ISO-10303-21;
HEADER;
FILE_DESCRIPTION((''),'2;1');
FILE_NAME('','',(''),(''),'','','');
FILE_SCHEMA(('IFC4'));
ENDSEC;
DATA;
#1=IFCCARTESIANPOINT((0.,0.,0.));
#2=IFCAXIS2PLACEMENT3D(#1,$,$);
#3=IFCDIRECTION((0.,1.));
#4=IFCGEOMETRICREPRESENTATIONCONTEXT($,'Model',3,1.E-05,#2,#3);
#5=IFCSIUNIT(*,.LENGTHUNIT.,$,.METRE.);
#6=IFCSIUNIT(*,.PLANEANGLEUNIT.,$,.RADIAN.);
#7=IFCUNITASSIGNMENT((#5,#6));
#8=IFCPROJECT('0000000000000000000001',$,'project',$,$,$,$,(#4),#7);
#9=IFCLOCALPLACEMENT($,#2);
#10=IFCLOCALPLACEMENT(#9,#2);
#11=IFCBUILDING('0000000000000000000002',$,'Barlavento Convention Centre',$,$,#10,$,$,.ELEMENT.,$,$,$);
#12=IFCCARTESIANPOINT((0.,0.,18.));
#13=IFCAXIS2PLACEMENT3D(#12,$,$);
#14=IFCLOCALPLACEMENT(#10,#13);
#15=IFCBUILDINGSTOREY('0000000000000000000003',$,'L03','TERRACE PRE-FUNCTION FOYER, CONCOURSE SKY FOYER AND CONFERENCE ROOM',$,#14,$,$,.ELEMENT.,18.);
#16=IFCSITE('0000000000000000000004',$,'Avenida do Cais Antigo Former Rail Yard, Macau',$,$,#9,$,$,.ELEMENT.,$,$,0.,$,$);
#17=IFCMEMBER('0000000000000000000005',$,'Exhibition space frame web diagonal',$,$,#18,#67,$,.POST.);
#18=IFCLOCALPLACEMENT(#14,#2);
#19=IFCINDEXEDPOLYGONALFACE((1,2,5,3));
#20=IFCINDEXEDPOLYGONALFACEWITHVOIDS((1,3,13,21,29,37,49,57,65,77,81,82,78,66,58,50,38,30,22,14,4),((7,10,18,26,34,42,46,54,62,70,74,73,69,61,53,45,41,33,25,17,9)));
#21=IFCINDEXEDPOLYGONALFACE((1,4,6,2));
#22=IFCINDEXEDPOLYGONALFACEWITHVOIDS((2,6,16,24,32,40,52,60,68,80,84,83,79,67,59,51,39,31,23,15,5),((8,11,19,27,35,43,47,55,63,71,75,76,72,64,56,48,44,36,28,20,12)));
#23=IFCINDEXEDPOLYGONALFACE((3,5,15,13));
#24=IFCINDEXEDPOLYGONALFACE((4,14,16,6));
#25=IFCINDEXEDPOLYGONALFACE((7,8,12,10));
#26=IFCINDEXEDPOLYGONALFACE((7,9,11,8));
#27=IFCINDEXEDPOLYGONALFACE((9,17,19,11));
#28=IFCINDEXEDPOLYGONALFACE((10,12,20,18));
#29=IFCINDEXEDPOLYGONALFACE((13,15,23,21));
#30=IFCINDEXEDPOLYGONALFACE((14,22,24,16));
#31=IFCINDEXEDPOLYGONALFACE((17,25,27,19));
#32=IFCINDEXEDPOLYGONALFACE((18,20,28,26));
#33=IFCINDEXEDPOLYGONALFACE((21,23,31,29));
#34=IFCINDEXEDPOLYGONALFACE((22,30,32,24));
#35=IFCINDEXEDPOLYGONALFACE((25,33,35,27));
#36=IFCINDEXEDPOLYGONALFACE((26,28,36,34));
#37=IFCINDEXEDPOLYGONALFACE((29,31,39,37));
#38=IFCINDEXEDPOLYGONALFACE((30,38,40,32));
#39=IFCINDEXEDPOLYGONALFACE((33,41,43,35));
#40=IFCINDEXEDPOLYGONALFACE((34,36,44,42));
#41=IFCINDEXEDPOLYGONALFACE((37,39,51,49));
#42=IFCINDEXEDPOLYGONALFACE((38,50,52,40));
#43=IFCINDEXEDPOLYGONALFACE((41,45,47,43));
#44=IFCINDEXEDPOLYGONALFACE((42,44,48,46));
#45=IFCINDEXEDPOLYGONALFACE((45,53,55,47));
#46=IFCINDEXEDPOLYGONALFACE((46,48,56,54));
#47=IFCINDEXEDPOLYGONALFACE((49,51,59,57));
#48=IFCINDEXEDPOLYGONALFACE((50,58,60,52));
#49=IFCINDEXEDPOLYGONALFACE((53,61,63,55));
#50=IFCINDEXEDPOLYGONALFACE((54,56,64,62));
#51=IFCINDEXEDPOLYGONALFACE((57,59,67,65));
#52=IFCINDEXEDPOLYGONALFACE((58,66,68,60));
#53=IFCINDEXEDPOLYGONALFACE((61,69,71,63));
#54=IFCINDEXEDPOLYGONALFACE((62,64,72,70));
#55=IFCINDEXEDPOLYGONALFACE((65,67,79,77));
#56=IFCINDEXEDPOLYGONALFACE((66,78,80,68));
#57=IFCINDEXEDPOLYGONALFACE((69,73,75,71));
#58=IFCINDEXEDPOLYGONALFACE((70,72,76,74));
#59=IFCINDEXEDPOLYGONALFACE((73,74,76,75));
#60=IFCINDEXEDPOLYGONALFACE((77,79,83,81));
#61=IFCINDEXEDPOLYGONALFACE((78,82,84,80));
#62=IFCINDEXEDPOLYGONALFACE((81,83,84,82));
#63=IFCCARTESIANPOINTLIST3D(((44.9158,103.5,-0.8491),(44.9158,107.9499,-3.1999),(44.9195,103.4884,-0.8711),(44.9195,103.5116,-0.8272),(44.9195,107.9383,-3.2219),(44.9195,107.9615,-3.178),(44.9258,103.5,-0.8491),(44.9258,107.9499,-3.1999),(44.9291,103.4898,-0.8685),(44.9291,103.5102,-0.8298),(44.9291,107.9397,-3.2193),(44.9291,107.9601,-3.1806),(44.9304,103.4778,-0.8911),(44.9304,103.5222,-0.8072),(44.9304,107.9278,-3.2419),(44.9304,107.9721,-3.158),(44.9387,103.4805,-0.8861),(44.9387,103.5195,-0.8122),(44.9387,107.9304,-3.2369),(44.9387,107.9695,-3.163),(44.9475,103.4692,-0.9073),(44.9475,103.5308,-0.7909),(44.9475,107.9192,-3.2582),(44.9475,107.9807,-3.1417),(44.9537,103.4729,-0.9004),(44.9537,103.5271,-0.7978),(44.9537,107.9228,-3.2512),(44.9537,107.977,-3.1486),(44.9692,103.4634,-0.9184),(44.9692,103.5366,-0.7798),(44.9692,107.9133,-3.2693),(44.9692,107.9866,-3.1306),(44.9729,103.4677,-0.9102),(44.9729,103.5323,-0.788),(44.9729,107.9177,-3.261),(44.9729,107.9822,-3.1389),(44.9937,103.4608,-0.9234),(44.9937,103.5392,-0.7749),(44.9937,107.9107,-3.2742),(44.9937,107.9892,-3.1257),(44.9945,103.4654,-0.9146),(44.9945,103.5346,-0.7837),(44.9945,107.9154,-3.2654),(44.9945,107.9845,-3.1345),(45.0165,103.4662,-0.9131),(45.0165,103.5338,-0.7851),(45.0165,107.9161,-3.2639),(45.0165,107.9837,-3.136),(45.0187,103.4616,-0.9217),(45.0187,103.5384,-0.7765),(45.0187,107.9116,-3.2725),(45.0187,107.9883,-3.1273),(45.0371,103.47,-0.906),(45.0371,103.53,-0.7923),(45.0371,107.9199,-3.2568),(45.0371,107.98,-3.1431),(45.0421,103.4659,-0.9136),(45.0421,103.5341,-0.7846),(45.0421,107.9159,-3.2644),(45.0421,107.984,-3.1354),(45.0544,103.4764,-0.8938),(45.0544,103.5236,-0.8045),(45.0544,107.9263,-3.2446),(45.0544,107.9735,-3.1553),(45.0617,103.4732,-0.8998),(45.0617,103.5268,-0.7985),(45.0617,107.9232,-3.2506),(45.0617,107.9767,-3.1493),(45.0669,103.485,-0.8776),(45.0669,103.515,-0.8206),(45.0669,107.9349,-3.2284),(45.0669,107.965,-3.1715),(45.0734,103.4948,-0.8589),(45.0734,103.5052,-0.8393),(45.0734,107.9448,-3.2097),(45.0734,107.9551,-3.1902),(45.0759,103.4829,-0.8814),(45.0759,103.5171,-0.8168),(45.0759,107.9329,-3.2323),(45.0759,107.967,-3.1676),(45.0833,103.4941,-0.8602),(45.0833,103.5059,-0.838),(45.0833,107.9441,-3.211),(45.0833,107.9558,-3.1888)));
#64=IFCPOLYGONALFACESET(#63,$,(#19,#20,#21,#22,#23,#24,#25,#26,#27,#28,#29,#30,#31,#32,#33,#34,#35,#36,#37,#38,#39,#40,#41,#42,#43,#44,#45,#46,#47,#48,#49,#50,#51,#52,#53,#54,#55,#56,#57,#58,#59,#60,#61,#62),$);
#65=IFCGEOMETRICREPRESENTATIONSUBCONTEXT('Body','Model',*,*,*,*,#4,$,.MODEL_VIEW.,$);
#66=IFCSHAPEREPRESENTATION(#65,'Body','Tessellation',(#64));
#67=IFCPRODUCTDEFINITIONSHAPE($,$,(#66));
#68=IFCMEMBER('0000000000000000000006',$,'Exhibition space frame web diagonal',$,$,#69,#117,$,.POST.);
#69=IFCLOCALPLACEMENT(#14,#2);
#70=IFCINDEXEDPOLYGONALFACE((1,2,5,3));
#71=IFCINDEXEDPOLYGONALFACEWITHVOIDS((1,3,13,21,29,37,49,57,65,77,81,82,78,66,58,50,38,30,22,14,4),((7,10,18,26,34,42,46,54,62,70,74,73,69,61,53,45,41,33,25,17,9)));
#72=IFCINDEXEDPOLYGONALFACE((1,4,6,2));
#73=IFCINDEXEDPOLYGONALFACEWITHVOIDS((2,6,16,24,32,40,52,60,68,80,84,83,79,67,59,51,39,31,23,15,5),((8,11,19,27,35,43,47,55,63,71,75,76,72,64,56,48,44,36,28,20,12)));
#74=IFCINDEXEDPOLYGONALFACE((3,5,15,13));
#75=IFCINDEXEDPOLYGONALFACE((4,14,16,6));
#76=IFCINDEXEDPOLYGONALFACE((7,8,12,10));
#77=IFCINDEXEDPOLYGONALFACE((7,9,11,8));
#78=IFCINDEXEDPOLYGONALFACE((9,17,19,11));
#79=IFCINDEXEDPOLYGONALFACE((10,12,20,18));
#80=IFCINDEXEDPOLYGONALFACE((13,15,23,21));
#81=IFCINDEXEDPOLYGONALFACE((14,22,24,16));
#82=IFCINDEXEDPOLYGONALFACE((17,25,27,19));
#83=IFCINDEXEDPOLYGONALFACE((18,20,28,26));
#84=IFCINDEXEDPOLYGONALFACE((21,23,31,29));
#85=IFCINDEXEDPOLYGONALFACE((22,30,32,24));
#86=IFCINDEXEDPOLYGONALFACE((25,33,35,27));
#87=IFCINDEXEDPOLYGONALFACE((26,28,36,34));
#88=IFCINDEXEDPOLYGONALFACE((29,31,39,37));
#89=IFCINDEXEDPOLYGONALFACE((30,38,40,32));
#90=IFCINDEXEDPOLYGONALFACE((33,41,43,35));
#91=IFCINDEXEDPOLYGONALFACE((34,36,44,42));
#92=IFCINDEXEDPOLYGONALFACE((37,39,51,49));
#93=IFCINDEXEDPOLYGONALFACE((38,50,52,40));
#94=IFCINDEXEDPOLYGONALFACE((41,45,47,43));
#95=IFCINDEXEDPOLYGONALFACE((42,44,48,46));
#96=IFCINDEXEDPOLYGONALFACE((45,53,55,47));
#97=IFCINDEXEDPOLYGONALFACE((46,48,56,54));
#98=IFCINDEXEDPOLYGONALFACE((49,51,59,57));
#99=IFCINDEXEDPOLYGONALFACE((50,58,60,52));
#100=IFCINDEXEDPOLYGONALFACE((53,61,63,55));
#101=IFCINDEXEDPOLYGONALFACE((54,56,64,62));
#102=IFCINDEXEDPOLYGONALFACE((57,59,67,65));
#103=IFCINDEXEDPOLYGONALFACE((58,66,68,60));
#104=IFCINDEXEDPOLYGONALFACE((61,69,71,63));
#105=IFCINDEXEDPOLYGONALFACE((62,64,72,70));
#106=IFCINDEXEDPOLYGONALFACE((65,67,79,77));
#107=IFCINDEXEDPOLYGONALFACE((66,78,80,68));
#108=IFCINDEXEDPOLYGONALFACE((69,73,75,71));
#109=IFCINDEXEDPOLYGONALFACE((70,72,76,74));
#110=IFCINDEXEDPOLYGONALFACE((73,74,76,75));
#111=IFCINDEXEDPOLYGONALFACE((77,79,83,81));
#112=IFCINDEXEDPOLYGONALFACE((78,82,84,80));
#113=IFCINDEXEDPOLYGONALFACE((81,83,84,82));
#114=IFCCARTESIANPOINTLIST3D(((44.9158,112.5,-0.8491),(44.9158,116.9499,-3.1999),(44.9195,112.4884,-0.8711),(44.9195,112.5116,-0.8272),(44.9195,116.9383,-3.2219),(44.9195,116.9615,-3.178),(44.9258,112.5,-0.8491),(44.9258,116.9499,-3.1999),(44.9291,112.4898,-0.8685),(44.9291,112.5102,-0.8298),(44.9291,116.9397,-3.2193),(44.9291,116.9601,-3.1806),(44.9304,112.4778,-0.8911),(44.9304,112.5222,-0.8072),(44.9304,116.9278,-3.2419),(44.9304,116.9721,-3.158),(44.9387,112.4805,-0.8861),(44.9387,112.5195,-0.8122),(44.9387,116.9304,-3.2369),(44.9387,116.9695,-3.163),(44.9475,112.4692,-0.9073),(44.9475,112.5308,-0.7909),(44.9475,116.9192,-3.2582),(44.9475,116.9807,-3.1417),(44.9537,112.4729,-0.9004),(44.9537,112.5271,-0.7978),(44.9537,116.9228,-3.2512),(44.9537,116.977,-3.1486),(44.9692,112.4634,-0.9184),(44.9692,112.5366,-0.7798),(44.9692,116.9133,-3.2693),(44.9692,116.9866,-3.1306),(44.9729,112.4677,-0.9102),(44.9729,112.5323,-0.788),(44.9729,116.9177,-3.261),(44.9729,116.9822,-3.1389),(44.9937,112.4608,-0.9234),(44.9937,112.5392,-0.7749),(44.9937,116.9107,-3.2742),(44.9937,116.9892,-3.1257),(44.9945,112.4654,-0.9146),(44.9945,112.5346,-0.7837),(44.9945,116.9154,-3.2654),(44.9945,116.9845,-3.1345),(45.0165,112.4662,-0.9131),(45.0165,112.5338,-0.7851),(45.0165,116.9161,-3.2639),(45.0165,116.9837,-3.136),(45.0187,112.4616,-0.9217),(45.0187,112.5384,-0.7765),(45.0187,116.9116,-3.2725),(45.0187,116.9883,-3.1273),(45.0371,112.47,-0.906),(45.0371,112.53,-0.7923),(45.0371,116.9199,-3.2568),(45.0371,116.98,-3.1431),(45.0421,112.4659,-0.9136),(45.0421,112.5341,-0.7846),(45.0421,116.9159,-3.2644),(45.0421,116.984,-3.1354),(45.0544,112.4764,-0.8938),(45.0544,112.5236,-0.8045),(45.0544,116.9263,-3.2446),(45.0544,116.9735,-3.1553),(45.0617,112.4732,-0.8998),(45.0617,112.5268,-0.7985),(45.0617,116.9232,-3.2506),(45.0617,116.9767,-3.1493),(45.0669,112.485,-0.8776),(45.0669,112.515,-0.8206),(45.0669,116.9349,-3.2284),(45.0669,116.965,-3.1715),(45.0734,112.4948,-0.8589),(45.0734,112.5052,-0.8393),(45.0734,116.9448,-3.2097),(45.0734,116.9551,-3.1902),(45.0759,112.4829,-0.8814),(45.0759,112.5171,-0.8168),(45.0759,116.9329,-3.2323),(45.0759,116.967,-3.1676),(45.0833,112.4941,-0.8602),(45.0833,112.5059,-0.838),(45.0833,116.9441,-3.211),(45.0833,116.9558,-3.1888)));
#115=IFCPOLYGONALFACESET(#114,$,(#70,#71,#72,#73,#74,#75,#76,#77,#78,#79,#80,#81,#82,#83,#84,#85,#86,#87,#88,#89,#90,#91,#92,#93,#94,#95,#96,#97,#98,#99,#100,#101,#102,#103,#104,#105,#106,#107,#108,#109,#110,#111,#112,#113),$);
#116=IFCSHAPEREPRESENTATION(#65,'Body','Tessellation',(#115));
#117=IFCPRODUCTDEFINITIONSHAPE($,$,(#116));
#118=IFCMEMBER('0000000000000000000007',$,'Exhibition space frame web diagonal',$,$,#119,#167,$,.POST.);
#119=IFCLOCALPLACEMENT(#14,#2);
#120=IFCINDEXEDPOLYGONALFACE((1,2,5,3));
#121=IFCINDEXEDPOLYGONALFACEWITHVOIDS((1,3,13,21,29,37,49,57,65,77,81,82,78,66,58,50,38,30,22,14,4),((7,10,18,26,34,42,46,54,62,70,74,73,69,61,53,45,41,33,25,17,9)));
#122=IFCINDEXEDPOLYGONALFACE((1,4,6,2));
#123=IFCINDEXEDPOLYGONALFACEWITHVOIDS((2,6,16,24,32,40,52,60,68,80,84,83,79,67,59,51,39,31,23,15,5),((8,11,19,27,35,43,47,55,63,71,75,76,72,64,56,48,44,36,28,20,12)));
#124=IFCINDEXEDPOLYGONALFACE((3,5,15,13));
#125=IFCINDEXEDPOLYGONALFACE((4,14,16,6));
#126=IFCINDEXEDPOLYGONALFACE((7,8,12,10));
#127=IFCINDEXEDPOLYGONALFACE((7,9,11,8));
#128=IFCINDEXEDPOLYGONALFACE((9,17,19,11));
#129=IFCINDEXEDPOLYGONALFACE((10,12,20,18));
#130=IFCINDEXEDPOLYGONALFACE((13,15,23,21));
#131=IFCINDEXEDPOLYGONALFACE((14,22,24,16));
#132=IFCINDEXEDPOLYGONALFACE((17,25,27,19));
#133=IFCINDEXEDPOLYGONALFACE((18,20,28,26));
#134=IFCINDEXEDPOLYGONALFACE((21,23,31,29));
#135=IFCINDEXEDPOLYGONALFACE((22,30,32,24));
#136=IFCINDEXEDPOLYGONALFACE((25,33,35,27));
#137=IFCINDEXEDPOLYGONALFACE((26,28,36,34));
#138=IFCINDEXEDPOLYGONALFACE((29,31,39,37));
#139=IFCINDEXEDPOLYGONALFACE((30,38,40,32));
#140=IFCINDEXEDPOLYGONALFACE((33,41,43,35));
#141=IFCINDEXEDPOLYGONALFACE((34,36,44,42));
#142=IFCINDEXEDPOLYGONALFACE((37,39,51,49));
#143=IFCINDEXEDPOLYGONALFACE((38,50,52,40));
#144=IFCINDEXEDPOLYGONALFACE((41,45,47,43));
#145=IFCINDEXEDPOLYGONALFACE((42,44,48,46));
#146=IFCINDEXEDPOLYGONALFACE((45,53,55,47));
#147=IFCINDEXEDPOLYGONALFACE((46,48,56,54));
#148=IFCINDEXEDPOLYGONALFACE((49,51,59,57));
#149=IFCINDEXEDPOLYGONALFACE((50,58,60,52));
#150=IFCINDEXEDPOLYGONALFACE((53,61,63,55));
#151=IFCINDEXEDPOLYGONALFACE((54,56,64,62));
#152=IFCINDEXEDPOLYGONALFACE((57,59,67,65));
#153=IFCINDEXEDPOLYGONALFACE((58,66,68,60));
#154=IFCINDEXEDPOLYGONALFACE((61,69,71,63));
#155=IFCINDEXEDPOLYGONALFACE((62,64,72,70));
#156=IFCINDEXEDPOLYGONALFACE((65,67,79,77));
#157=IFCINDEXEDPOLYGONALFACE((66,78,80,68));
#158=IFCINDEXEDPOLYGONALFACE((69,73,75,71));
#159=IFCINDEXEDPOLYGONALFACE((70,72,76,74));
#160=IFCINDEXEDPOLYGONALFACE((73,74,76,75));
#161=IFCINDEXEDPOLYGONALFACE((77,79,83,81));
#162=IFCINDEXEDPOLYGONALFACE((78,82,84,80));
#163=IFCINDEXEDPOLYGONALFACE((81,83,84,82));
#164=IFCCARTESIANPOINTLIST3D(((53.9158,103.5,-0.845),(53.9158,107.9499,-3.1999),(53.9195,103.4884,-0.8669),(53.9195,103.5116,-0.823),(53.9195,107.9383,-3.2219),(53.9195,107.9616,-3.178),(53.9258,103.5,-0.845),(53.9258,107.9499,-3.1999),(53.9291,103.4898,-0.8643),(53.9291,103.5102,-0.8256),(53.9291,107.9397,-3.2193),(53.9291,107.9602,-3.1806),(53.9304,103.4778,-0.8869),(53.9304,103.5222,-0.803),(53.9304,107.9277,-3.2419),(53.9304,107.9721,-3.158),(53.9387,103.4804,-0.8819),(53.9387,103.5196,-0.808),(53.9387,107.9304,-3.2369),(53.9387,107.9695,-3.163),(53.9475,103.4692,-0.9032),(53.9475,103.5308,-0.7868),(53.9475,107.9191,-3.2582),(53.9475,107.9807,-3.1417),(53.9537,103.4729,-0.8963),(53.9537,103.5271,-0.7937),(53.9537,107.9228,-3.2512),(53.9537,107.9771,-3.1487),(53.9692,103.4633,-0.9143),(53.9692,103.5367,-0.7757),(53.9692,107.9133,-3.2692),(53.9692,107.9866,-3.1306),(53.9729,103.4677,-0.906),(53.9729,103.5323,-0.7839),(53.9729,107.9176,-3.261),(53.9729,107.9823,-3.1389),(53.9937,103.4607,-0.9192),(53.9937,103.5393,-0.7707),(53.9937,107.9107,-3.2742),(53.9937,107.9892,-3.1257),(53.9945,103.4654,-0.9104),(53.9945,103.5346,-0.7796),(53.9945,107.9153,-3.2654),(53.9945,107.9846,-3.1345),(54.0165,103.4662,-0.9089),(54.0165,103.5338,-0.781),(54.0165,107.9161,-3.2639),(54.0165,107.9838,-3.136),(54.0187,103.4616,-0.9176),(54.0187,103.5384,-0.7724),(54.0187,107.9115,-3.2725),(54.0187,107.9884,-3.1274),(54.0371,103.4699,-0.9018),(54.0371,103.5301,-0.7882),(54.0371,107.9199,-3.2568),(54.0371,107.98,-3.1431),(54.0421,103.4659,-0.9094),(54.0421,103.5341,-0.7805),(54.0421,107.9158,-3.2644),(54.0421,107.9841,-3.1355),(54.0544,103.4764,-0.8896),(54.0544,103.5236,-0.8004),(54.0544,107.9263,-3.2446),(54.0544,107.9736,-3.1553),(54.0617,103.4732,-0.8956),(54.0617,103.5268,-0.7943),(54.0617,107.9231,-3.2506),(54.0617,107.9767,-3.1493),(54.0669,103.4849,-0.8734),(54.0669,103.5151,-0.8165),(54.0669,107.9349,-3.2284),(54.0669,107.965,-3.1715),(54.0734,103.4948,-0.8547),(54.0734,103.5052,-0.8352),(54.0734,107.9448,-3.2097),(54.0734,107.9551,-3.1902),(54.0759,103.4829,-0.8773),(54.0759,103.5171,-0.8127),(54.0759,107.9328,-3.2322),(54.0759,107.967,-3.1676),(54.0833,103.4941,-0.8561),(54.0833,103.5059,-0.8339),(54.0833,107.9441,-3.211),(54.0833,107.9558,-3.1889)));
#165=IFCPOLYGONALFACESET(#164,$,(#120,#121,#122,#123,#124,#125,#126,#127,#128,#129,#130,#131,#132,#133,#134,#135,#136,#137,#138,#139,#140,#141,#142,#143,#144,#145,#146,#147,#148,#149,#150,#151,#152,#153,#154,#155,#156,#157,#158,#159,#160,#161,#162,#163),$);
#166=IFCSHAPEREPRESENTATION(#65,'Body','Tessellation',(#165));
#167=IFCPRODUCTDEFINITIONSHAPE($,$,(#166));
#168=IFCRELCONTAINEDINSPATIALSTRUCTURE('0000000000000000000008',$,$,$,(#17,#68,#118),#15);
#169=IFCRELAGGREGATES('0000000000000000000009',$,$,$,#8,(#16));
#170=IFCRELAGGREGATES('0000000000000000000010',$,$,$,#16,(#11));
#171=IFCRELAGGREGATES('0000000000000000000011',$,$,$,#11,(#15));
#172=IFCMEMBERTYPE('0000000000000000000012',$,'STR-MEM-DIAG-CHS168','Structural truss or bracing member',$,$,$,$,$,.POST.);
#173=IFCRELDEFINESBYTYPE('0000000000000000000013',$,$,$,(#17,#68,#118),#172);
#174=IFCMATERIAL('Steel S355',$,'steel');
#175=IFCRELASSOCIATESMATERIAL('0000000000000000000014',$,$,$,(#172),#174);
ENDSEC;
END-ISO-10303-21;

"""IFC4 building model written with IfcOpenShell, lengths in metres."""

from ifc_helpers import new_model, si_unit, direction, frame, origin, origin_2d, place, context, subcontext, project, spatial, hollow_circle, extrude, material, material_profile, profile_set, type_object, element, save


model = new_model("IFC4")

# Units and contexts
model_context = context("Model", 3, precision=1e-05, world=origin(), true_north=direction((0.0, 1.0)))
body_context = subcontext(model_context, "Body", "Model", "MODEL_VIEW")
ifc_project = project(units=[si_unit("LENGTHUNIT", "METRE"), si_unit("PLANEANGLEUNIT", "RADIAN")], contexts=[model_context])

# Site, building, storey
site_placement = place(None, origin())
site = spatial("IfcSite", under=ifc_project, at=site_placement, Name="Avenida do Cais Antigo Former Rail Yard, Macau", CompositionType="ELEMENT", RefElevation=0.0)
building_placement = place(site_placement, origin())
building = spatial("IfcBuilding", under=site, at=building_placement, Name="Barlavento Convention Centre", CompositionType="ELEMENT")
storey_placement = place(building_placement, frame((0.0, 0.0, 18.0)))
storey = spatial("IfcBuildingStorey", under=building, at=storey_placement, Name="L03", Description="TERRACE PRE-FUNCTION FOYER, CONCOURSE SKY FOYER AND CONFERENCE ROOM", CompositionType="ELEMENT", Elevation=18.0)

# Shared definitions
ifc_material_1 = material(Name="Steel S355", Category="steel")

# Members
ifc_material_profile_1 = material_profile(ifc_material_1, hollow_circle(Radius=0.0842, WallThickness=0.01, at=origin_2d()), Name="CHS 168.3x10.0")
ifc_profile_set_1 = profile_set([ifc_material_profile_1], Name="Steel S355")
member_type_1 = type_object("IfcMemberType", Name="STR-MEM-DIAG-CHS168", Description="Structural truss or bracing member", PredefinedType="POST", material=ifc_profile_set_1)
for number, where, z_axis, x_axis, name in (
    (1, (45.0, 103.5, -0.8491), (0.0, 0.884201, -0.467107), (-1.0, 0.0, 0.0), "Exhibition space frame web diagonal"),
    (2, (45.0, 112.5, -0.8491), (0.0, 0.884201, -0.467107), (-1.0, 0.0, 0.0), "Exhibition space frame web diagonal"),
):
    element("IfcMember", number, at=place(storey_placement, frame(where, z_axis=z_axis, x_axis=x_axis)), inside=storey, type_object=member_type_1, Name=name, PredefinedType="POST", context=body_context, shape_type="SweptSolid", body=[
        extrude(hollow_circle(Radius=0.0842, WallThickness=0.01, at=origin_2d()), origin(), (0.0, 0.0, 1.0), 5.0327),
    ])
for number, where, z_axis, x_axis, name in (
    (3, (54.0, 103.5, -0.845), (0.0, 0.88386, -0.467752), (-1.0, 0.0, 0.0), "Exhibition space frame web diagonal"),
):
    element("IfcMember", number, at=place(storey_placement, frame(where, z_axis=z_axis, x_axis=x_axis)), inside=storey, type_object=member_type_1, Name=name, PredefinedType="POST", context=body_context, shape_type="SweptSolid", body=[
        extrude(hollow_circle(Radius=0.0842, WallThickness=0.01, at=origin_2d()), origin(), (0.0, 0.0, 1.0), 5.0347),
    ])

save(model, "model.ifc")
